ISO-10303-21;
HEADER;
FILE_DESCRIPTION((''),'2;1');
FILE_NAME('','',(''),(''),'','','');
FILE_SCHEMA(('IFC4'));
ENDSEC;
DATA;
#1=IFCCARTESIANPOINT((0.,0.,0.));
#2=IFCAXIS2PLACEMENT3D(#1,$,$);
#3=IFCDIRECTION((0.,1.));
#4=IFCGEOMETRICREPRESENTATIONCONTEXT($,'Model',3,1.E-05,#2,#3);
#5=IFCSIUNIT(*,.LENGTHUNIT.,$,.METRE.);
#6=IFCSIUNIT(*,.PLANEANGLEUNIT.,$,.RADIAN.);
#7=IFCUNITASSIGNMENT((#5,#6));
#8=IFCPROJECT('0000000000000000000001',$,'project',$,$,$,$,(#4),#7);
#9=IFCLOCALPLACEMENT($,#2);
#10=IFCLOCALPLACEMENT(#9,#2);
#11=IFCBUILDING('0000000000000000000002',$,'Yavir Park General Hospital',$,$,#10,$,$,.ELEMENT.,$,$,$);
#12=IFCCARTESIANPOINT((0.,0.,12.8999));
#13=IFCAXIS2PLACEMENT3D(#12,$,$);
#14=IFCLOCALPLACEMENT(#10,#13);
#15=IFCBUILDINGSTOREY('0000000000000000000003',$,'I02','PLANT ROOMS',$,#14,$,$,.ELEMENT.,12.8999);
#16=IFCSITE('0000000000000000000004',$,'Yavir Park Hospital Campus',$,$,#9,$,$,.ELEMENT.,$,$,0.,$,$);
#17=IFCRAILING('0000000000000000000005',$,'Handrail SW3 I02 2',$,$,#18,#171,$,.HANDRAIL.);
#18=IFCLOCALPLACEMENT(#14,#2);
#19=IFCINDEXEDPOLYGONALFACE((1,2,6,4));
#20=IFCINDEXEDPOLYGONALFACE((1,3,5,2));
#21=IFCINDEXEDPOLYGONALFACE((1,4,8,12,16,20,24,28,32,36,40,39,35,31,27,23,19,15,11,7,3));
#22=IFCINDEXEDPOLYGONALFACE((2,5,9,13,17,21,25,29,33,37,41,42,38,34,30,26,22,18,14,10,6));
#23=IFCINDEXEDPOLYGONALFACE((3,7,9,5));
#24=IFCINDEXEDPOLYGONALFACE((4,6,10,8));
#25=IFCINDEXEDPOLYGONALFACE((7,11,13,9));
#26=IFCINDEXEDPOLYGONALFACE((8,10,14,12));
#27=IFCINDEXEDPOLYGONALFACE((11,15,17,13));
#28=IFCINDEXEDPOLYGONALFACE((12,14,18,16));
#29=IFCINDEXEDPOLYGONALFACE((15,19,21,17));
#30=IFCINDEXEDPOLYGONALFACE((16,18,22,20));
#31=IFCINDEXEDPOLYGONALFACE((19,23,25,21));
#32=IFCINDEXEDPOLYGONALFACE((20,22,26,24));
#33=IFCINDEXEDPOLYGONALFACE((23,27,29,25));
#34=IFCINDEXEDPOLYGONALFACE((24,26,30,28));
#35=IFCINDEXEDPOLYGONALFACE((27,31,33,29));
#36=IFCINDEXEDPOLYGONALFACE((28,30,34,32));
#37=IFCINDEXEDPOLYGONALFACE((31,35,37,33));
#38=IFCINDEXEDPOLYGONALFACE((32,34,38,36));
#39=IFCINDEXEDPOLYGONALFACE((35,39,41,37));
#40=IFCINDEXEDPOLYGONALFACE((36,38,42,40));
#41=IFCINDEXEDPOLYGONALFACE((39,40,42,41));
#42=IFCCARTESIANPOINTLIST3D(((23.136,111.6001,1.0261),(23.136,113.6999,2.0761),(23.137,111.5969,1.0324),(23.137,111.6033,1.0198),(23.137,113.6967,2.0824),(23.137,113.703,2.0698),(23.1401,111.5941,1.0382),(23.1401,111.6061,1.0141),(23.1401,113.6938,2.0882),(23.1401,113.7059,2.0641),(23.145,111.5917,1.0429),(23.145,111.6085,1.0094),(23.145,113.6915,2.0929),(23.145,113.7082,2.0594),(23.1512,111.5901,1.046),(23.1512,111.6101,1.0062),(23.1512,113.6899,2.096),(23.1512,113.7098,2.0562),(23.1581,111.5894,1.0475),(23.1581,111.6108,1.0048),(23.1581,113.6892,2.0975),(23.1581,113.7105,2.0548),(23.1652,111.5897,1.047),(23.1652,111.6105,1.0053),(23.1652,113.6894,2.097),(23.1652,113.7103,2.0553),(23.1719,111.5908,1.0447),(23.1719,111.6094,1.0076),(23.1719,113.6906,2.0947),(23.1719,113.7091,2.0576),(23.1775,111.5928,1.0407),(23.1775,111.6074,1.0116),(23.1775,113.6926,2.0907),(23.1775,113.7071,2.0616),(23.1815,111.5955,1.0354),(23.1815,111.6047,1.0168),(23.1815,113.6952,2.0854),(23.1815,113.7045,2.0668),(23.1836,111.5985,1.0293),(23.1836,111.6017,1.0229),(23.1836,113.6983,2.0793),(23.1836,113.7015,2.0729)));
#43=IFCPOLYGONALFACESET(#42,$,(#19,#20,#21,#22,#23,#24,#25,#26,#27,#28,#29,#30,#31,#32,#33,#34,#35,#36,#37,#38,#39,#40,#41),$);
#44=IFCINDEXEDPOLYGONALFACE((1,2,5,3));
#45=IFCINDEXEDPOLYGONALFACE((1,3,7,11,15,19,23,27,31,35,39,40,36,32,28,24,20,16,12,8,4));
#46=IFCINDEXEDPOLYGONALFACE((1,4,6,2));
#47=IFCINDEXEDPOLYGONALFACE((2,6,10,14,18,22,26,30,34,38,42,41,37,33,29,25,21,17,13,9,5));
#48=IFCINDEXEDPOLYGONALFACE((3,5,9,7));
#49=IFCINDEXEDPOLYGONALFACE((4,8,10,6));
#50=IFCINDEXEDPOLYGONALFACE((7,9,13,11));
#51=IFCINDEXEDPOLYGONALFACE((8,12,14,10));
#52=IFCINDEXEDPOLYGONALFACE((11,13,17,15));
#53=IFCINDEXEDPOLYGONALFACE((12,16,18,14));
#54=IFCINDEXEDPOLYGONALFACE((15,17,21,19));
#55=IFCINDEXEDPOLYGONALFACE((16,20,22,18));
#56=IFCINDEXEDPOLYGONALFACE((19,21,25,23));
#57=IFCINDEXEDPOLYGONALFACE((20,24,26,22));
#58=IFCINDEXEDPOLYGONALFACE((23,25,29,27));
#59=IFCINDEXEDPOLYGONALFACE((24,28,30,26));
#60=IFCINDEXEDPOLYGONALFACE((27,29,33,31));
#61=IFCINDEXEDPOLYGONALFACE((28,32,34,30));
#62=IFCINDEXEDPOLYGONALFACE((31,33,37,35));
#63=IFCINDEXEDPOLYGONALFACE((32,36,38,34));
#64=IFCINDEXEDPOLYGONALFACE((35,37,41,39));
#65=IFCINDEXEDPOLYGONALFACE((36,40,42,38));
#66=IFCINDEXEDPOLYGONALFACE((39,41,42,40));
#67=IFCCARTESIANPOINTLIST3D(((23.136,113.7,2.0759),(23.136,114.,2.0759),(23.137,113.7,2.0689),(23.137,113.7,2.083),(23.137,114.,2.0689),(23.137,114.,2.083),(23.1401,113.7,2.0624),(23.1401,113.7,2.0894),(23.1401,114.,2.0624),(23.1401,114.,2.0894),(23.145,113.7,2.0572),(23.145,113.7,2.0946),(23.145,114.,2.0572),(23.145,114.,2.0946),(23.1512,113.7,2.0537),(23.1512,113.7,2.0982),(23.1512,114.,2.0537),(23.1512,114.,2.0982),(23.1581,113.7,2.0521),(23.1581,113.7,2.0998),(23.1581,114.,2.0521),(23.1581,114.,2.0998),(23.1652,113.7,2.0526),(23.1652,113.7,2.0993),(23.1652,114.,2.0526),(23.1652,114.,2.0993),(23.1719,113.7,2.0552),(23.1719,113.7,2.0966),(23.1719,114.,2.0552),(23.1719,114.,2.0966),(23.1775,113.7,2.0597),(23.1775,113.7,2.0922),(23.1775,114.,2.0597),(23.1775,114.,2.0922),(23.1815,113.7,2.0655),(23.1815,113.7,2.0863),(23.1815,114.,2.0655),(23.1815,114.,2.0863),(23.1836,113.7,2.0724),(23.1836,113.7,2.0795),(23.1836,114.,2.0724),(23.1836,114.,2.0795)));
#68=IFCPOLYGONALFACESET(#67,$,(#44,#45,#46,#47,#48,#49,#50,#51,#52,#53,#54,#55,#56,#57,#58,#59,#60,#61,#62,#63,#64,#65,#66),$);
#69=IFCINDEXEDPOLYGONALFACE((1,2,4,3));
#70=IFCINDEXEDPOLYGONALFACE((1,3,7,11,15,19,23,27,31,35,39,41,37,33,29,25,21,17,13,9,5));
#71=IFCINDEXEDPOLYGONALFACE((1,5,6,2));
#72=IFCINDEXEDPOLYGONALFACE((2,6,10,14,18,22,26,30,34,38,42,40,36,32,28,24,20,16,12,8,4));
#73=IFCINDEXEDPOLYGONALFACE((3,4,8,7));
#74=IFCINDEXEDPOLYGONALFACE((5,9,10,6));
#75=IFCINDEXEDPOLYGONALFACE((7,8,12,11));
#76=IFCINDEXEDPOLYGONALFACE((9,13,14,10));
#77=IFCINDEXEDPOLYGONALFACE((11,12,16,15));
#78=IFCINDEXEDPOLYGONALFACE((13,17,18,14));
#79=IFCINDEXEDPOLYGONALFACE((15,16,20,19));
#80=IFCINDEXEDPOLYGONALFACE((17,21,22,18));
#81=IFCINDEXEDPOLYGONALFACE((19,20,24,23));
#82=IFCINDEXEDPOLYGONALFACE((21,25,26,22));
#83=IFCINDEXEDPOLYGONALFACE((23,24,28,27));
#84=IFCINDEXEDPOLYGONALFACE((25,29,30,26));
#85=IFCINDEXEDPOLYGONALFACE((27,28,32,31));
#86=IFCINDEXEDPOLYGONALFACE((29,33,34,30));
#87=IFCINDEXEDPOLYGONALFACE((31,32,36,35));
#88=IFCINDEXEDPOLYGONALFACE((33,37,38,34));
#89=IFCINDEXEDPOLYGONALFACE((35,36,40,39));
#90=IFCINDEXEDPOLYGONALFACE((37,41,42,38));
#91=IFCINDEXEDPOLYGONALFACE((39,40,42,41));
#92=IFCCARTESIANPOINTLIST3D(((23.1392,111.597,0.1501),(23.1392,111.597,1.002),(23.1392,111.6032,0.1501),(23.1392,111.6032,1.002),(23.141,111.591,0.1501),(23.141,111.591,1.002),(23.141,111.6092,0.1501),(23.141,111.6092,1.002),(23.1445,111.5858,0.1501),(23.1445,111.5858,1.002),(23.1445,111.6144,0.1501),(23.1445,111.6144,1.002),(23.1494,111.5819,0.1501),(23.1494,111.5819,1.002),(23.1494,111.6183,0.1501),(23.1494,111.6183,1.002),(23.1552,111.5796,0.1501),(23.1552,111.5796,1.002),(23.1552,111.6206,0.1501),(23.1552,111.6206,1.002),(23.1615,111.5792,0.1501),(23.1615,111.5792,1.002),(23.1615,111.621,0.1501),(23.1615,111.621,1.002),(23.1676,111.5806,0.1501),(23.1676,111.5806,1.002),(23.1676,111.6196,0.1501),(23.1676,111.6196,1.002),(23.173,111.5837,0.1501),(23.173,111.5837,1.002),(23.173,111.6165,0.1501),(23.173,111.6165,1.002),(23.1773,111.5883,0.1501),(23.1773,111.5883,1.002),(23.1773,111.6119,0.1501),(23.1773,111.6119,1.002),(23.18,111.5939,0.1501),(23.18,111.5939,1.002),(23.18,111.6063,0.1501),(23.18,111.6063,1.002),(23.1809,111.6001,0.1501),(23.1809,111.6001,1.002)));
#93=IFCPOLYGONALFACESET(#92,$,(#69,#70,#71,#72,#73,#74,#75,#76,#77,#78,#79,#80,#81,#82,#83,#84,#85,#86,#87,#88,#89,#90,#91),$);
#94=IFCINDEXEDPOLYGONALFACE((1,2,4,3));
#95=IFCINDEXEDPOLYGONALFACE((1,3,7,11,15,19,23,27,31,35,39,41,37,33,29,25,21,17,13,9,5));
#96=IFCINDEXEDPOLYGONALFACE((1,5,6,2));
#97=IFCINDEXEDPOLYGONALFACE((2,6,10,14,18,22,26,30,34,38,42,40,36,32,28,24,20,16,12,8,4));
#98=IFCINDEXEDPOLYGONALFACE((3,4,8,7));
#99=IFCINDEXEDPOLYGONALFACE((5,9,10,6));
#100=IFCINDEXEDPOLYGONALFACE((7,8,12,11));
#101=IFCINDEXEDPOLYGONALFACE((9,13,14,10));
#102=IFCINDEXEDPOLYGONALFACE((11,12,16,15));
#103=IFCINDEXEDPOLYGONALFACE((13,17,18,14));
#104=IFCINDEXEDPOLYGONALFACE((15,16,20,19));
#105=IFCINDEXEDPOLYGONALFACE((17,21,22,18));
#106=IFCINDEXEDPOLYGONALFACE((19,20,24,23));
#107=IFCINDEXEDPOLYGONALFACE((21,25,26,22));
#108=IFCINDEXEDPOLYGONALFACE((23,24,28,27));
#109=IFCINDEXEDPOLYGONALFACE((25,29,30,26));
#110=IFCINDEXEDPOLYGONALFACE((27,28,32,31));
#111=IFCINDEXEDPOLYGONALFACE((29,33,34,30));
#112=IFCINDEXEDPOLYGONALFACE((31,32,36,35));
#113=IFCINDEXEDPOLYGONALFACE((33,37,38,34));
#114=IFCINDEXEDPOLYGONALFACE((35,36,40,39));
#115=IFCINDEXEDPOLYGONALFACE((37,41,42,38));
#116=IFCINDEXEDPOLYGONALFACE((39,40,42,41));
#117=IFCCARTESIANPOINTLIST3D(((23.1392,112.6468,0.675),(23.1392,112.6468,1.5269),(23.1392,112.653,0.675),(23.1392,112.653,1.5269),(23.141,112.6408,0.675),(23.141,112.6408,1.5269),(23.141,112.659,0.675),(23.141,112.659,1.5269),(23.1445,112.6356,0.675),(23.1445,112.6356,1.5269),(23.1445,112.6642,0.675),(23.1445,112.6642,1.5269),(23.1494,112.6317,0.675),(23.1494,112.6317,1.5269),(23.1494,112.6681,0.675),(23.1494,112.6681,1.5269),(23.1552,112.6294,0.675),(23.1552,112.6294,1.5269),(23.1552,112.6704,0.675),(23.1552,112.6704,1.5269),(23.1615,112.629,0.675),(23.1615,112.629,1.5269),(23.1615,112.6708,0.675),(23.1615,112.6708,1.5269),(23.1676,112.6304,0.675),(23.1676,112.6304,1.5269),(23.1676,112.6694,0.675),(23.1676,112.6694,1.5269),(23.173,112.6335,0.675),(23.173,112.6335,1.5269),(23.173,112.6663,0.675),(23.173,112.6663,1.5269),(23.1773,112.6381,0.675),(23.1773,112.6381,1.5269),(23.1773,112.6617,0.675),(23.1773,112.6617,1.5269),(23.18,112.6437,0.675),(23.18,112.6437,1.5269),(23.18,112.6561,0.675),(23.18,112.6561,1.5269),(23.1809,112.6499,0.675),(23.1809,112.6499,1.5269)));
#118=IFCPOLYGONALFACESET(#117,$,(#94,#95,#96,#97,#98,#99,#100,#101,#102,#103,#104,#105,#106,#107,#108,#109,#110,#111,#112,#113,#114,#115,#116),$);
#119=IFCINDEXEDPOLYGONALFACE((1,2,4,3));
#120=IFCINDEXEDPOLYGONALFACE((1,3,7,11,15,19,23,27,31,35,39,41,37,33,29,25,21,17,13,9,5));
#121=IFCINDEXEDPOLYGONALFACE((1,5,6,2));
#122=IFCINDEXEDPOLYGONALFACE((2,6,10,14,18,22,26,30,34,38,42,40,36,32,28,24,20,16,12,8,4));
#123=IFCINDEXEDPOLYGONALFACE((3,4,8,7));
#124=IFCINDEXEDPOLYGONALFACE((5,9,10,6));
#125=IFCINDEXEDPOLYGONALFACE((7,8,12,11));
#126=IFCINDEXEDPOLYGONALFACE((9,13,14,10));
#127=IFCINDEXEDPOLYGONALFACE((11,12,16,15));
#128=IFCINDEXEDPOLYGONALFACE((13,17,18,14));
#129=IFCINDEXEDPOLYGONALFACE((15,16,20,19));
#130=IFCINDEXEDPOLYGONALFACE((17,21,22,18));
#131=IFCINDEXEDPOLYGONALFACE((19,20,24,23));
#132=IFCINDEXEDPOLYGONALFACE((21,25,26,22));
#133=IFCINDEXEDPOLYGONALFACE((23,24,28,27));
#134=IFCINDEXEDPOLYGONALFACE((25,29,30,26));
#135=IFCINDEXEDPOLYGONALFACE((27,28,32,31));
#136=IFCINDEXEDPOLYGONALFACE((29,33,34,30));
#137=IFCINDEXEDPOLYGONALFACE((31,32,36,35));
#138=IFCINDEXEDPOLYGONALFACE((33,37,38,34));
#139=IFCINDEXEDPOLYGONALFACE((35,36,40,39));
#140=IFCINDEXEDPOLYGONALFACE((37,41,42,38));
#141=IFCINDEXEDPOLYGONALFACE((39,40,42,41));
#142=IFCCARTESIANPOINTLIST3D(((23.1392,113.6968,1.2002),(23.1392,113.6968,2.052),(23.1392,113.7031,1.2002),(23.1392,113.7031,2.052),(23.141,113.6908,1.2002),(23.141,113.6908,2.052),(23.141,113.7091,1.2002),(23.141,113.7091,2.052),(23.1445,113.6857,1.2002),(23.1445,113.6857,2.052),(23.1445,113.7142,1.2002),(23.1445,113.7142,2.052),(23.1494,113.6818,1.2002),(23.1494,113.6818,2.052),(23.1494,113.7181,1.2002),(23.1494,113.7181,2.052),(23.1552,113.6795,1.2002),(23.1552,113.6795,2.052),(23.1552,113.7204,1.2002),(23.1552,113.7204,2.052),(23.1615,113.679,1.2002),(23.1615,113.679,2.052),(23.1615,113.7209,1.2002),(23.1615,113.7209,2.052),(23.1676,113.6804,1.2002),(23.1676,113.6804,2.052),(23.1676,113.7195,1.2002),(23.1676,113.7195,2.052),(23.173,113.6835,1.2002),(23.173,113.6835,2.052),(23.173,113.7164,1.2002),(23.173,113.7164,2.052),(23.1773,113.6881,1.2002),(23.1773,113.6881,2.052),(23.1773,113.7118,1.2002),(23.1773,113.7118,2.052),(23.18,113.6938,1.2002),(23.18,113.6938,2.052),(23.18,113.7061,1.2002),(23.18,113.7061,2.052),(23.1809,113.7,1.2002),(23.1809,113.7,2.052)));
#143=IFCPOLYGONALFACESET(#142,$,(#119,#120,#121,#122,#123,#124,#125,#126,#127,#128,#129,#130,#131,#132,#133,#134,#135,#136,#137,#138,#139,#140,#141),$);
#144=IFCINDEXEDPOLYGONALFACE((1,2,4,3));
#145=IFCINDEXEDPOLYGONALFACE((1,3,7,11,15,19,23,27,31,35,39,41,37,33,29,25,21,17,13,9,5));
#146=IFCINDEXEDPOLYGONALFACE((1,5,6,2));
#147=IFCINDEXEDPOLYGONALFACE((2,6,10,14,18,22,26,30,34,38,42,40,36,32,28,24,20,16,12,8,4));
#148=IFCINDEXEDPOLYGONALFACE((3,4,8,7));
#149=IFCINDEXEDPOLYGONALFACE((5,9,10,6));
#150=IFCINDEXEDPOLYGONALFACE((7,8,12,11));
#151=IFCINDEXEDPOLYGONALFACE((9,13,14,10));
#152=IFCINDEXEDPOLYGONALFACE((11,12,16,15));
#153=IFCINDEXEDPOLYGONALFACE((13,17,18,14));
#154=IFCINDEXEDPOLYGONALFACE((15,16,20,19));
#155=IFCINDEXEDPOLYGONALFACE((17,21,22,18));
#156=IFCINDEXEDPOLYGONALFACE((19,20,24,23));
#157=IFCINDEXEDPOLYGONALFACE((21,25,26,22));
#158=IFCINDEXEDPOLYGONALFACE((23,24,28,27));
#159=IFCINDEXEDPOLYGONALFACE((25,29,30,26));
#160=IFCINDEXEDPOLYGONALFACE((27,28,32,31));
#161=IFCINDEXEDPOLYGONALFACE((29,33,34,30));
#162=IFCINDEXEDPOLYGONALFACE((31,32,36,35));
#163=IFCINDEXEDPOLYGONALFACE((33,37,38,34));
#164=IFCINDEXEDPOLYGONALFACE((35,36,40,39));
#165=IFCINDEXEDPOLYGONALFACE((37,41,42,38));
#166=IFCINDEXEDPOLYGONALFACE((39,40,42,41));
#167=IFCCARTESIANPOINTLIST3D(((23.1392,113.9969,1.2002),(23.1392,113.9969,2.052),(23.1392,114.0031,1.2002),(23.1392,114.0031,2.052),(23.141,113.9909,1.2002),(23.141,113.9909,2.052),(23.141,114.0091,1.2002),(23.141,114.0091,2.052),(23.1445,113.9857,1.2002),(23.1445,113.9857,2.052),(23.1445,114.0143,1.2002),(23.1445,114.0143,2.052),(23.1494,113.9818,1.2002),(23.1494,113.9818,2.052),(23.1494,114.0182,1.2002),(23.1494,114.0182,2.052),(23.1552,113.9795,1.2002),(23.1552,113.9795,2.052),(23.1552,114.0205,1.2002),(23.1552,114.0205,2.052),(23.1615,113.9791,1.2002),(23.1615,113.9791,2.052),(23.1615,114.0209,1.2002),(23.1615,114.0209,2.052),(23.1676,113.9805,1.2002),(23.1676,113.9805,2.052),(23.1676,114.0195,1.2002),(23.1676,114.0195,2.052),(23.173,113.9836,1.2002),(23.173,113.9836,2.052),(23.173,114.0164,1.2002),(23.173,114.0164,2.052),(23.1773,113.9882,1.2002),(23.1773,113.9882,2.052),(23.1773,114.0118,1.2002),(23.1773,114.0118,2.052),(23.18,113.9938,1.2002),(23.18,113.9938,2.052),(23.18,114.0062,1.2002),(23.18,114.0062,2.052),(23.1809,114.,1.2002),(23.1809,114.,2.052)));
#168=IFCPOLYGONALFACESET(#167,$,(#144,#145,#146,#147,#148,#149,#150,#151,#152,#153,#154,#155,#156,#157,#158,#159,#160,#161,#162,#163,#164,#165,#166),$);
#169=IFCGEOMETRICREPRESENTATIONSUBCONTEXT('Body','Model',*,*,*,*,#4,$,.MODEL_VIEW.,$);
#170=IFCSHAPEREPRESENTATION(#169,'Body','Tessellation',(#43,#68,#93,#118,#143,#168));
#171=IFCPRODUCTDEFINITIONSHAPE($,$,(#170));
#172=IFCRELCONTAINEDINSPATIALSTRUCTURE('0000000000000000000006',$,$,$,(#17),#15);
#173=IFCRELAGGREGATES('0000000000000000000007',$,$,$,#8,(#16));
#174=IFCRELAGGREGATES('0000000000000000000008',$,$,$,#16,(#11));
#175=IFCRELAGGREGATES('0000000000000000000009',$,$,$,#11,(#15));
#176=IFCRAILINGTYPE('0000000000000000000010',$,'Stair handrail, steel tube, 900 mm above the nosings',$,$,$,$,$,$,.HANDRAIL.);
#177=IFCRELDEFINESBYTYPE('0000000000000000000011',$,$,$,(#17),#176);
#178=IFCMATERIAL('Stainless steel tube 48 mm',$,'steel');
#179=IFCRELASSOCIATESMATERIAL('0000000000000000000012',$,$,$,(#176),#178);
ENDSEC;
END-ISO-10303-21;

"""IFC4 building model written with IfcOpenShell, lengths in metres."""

from ifc_helpers import new_model, si_unit, direction, frame, origin, origin_2d, place, context, subcontext, project, spatial, circle, extrude, material, type_object, element, save


model = new_model("IFC4")

# Units and contexts
model_context = context("Model", 3, precision=1e-05, world=origin(), true_north=direction((0.0, 1.0)))
body_context = subcontext(model_context, "Body", "Model", "MODEL_VIEW")
ifc_project = project(units=[si_unit("LENGTHUNIT", "METRE"), si_unit("PLANEANGLEUNIT", "RADIAN")], contexts=[model_context])

# Site, building, storey
site_placement = place(None, origin())
site = spatial("IfcSite", under=ifc_project, at=site_placement, Name="Yavir Park Hospital Campus", CompositionType="ELEMENT", RefElevation=0.0)
building_placement = place(site_placement, origin())
building = spatial("IfcBuilding", under=site, at=building_placement, Name="Yavir Park General Hospital", CompositionType="ELEMENT")
storey_placement = place(building_placement, frame((0.0, 0.0, 12.8999)))
storey = spatial("IfcBuildingStorey", under=building, at=storey_placement, Name="I02", Description="PLANT ROOMS", CompositionType="ELEMENT", Elevation=12.8999)

# Railing
ifc_material_1 = material(Name="Stainless steel tube 48 mm", Category="steel")
railing_type = type_object("IfcRailingType", Name="Stair handrail, steel tube, 900 mm above the nosings", PredefinedType="HANDRAIL", material=ifc_material_1)
for number, where, name in (
    (1, (23.1599, 111.6001, 0.1501), "Handrail SW3 I02 2"),
):
    element("IfcRailing", number, at=place(storey_placement, frame(where)), inside=storey, type_object=railing_type, Name=name, PredefinedType="HANDRAIL", context=body_context, shape_type="SweptSolid", body=[
        extrude(circle(Radius=0.0239, at=origin_2d()), frame((0.0, 0.0, 0.876), z_axis=(0.0, 0.894406, 0.447255), x_axis=(-1.0, 0.0, 0.0)), (0.0, 0.0, 1.0), 2.3477),
        extrude(circle(Radius=0.0239, at=origin_2d()), frame((0.0, 2.0999, 1.9258), z_axis=(0.0, 1.0, 0.0), x_axis=(-1.0, 0.0, 0.0)), (0.0, 0.0, 1.0), 0.3),
        extrude(circle(Radius=0.021, at=origin_2d()), origin(), (0.0, 0.0, 1.0), 0.8518),
        extrude(circle(Radius=0.021, at=origin_2d()), frame((0.0, 1.0498, 0.5249)), (0.0, 0.0, 1.0), 0.8518),
        extrude(circle(Radius=0.021, at=origin_2d()), frame((0.0, 2.0999, 1.05)), (0.0, 0.0, 1.0), 0.8518),
        extrude(circle(Radius=0.021, at=origin_2d()), frame((0.0, 2.3999, 1.05)), (0.0, 0.0, 1.0), 0.8518),
    ])

save(model, "model.ifc")
